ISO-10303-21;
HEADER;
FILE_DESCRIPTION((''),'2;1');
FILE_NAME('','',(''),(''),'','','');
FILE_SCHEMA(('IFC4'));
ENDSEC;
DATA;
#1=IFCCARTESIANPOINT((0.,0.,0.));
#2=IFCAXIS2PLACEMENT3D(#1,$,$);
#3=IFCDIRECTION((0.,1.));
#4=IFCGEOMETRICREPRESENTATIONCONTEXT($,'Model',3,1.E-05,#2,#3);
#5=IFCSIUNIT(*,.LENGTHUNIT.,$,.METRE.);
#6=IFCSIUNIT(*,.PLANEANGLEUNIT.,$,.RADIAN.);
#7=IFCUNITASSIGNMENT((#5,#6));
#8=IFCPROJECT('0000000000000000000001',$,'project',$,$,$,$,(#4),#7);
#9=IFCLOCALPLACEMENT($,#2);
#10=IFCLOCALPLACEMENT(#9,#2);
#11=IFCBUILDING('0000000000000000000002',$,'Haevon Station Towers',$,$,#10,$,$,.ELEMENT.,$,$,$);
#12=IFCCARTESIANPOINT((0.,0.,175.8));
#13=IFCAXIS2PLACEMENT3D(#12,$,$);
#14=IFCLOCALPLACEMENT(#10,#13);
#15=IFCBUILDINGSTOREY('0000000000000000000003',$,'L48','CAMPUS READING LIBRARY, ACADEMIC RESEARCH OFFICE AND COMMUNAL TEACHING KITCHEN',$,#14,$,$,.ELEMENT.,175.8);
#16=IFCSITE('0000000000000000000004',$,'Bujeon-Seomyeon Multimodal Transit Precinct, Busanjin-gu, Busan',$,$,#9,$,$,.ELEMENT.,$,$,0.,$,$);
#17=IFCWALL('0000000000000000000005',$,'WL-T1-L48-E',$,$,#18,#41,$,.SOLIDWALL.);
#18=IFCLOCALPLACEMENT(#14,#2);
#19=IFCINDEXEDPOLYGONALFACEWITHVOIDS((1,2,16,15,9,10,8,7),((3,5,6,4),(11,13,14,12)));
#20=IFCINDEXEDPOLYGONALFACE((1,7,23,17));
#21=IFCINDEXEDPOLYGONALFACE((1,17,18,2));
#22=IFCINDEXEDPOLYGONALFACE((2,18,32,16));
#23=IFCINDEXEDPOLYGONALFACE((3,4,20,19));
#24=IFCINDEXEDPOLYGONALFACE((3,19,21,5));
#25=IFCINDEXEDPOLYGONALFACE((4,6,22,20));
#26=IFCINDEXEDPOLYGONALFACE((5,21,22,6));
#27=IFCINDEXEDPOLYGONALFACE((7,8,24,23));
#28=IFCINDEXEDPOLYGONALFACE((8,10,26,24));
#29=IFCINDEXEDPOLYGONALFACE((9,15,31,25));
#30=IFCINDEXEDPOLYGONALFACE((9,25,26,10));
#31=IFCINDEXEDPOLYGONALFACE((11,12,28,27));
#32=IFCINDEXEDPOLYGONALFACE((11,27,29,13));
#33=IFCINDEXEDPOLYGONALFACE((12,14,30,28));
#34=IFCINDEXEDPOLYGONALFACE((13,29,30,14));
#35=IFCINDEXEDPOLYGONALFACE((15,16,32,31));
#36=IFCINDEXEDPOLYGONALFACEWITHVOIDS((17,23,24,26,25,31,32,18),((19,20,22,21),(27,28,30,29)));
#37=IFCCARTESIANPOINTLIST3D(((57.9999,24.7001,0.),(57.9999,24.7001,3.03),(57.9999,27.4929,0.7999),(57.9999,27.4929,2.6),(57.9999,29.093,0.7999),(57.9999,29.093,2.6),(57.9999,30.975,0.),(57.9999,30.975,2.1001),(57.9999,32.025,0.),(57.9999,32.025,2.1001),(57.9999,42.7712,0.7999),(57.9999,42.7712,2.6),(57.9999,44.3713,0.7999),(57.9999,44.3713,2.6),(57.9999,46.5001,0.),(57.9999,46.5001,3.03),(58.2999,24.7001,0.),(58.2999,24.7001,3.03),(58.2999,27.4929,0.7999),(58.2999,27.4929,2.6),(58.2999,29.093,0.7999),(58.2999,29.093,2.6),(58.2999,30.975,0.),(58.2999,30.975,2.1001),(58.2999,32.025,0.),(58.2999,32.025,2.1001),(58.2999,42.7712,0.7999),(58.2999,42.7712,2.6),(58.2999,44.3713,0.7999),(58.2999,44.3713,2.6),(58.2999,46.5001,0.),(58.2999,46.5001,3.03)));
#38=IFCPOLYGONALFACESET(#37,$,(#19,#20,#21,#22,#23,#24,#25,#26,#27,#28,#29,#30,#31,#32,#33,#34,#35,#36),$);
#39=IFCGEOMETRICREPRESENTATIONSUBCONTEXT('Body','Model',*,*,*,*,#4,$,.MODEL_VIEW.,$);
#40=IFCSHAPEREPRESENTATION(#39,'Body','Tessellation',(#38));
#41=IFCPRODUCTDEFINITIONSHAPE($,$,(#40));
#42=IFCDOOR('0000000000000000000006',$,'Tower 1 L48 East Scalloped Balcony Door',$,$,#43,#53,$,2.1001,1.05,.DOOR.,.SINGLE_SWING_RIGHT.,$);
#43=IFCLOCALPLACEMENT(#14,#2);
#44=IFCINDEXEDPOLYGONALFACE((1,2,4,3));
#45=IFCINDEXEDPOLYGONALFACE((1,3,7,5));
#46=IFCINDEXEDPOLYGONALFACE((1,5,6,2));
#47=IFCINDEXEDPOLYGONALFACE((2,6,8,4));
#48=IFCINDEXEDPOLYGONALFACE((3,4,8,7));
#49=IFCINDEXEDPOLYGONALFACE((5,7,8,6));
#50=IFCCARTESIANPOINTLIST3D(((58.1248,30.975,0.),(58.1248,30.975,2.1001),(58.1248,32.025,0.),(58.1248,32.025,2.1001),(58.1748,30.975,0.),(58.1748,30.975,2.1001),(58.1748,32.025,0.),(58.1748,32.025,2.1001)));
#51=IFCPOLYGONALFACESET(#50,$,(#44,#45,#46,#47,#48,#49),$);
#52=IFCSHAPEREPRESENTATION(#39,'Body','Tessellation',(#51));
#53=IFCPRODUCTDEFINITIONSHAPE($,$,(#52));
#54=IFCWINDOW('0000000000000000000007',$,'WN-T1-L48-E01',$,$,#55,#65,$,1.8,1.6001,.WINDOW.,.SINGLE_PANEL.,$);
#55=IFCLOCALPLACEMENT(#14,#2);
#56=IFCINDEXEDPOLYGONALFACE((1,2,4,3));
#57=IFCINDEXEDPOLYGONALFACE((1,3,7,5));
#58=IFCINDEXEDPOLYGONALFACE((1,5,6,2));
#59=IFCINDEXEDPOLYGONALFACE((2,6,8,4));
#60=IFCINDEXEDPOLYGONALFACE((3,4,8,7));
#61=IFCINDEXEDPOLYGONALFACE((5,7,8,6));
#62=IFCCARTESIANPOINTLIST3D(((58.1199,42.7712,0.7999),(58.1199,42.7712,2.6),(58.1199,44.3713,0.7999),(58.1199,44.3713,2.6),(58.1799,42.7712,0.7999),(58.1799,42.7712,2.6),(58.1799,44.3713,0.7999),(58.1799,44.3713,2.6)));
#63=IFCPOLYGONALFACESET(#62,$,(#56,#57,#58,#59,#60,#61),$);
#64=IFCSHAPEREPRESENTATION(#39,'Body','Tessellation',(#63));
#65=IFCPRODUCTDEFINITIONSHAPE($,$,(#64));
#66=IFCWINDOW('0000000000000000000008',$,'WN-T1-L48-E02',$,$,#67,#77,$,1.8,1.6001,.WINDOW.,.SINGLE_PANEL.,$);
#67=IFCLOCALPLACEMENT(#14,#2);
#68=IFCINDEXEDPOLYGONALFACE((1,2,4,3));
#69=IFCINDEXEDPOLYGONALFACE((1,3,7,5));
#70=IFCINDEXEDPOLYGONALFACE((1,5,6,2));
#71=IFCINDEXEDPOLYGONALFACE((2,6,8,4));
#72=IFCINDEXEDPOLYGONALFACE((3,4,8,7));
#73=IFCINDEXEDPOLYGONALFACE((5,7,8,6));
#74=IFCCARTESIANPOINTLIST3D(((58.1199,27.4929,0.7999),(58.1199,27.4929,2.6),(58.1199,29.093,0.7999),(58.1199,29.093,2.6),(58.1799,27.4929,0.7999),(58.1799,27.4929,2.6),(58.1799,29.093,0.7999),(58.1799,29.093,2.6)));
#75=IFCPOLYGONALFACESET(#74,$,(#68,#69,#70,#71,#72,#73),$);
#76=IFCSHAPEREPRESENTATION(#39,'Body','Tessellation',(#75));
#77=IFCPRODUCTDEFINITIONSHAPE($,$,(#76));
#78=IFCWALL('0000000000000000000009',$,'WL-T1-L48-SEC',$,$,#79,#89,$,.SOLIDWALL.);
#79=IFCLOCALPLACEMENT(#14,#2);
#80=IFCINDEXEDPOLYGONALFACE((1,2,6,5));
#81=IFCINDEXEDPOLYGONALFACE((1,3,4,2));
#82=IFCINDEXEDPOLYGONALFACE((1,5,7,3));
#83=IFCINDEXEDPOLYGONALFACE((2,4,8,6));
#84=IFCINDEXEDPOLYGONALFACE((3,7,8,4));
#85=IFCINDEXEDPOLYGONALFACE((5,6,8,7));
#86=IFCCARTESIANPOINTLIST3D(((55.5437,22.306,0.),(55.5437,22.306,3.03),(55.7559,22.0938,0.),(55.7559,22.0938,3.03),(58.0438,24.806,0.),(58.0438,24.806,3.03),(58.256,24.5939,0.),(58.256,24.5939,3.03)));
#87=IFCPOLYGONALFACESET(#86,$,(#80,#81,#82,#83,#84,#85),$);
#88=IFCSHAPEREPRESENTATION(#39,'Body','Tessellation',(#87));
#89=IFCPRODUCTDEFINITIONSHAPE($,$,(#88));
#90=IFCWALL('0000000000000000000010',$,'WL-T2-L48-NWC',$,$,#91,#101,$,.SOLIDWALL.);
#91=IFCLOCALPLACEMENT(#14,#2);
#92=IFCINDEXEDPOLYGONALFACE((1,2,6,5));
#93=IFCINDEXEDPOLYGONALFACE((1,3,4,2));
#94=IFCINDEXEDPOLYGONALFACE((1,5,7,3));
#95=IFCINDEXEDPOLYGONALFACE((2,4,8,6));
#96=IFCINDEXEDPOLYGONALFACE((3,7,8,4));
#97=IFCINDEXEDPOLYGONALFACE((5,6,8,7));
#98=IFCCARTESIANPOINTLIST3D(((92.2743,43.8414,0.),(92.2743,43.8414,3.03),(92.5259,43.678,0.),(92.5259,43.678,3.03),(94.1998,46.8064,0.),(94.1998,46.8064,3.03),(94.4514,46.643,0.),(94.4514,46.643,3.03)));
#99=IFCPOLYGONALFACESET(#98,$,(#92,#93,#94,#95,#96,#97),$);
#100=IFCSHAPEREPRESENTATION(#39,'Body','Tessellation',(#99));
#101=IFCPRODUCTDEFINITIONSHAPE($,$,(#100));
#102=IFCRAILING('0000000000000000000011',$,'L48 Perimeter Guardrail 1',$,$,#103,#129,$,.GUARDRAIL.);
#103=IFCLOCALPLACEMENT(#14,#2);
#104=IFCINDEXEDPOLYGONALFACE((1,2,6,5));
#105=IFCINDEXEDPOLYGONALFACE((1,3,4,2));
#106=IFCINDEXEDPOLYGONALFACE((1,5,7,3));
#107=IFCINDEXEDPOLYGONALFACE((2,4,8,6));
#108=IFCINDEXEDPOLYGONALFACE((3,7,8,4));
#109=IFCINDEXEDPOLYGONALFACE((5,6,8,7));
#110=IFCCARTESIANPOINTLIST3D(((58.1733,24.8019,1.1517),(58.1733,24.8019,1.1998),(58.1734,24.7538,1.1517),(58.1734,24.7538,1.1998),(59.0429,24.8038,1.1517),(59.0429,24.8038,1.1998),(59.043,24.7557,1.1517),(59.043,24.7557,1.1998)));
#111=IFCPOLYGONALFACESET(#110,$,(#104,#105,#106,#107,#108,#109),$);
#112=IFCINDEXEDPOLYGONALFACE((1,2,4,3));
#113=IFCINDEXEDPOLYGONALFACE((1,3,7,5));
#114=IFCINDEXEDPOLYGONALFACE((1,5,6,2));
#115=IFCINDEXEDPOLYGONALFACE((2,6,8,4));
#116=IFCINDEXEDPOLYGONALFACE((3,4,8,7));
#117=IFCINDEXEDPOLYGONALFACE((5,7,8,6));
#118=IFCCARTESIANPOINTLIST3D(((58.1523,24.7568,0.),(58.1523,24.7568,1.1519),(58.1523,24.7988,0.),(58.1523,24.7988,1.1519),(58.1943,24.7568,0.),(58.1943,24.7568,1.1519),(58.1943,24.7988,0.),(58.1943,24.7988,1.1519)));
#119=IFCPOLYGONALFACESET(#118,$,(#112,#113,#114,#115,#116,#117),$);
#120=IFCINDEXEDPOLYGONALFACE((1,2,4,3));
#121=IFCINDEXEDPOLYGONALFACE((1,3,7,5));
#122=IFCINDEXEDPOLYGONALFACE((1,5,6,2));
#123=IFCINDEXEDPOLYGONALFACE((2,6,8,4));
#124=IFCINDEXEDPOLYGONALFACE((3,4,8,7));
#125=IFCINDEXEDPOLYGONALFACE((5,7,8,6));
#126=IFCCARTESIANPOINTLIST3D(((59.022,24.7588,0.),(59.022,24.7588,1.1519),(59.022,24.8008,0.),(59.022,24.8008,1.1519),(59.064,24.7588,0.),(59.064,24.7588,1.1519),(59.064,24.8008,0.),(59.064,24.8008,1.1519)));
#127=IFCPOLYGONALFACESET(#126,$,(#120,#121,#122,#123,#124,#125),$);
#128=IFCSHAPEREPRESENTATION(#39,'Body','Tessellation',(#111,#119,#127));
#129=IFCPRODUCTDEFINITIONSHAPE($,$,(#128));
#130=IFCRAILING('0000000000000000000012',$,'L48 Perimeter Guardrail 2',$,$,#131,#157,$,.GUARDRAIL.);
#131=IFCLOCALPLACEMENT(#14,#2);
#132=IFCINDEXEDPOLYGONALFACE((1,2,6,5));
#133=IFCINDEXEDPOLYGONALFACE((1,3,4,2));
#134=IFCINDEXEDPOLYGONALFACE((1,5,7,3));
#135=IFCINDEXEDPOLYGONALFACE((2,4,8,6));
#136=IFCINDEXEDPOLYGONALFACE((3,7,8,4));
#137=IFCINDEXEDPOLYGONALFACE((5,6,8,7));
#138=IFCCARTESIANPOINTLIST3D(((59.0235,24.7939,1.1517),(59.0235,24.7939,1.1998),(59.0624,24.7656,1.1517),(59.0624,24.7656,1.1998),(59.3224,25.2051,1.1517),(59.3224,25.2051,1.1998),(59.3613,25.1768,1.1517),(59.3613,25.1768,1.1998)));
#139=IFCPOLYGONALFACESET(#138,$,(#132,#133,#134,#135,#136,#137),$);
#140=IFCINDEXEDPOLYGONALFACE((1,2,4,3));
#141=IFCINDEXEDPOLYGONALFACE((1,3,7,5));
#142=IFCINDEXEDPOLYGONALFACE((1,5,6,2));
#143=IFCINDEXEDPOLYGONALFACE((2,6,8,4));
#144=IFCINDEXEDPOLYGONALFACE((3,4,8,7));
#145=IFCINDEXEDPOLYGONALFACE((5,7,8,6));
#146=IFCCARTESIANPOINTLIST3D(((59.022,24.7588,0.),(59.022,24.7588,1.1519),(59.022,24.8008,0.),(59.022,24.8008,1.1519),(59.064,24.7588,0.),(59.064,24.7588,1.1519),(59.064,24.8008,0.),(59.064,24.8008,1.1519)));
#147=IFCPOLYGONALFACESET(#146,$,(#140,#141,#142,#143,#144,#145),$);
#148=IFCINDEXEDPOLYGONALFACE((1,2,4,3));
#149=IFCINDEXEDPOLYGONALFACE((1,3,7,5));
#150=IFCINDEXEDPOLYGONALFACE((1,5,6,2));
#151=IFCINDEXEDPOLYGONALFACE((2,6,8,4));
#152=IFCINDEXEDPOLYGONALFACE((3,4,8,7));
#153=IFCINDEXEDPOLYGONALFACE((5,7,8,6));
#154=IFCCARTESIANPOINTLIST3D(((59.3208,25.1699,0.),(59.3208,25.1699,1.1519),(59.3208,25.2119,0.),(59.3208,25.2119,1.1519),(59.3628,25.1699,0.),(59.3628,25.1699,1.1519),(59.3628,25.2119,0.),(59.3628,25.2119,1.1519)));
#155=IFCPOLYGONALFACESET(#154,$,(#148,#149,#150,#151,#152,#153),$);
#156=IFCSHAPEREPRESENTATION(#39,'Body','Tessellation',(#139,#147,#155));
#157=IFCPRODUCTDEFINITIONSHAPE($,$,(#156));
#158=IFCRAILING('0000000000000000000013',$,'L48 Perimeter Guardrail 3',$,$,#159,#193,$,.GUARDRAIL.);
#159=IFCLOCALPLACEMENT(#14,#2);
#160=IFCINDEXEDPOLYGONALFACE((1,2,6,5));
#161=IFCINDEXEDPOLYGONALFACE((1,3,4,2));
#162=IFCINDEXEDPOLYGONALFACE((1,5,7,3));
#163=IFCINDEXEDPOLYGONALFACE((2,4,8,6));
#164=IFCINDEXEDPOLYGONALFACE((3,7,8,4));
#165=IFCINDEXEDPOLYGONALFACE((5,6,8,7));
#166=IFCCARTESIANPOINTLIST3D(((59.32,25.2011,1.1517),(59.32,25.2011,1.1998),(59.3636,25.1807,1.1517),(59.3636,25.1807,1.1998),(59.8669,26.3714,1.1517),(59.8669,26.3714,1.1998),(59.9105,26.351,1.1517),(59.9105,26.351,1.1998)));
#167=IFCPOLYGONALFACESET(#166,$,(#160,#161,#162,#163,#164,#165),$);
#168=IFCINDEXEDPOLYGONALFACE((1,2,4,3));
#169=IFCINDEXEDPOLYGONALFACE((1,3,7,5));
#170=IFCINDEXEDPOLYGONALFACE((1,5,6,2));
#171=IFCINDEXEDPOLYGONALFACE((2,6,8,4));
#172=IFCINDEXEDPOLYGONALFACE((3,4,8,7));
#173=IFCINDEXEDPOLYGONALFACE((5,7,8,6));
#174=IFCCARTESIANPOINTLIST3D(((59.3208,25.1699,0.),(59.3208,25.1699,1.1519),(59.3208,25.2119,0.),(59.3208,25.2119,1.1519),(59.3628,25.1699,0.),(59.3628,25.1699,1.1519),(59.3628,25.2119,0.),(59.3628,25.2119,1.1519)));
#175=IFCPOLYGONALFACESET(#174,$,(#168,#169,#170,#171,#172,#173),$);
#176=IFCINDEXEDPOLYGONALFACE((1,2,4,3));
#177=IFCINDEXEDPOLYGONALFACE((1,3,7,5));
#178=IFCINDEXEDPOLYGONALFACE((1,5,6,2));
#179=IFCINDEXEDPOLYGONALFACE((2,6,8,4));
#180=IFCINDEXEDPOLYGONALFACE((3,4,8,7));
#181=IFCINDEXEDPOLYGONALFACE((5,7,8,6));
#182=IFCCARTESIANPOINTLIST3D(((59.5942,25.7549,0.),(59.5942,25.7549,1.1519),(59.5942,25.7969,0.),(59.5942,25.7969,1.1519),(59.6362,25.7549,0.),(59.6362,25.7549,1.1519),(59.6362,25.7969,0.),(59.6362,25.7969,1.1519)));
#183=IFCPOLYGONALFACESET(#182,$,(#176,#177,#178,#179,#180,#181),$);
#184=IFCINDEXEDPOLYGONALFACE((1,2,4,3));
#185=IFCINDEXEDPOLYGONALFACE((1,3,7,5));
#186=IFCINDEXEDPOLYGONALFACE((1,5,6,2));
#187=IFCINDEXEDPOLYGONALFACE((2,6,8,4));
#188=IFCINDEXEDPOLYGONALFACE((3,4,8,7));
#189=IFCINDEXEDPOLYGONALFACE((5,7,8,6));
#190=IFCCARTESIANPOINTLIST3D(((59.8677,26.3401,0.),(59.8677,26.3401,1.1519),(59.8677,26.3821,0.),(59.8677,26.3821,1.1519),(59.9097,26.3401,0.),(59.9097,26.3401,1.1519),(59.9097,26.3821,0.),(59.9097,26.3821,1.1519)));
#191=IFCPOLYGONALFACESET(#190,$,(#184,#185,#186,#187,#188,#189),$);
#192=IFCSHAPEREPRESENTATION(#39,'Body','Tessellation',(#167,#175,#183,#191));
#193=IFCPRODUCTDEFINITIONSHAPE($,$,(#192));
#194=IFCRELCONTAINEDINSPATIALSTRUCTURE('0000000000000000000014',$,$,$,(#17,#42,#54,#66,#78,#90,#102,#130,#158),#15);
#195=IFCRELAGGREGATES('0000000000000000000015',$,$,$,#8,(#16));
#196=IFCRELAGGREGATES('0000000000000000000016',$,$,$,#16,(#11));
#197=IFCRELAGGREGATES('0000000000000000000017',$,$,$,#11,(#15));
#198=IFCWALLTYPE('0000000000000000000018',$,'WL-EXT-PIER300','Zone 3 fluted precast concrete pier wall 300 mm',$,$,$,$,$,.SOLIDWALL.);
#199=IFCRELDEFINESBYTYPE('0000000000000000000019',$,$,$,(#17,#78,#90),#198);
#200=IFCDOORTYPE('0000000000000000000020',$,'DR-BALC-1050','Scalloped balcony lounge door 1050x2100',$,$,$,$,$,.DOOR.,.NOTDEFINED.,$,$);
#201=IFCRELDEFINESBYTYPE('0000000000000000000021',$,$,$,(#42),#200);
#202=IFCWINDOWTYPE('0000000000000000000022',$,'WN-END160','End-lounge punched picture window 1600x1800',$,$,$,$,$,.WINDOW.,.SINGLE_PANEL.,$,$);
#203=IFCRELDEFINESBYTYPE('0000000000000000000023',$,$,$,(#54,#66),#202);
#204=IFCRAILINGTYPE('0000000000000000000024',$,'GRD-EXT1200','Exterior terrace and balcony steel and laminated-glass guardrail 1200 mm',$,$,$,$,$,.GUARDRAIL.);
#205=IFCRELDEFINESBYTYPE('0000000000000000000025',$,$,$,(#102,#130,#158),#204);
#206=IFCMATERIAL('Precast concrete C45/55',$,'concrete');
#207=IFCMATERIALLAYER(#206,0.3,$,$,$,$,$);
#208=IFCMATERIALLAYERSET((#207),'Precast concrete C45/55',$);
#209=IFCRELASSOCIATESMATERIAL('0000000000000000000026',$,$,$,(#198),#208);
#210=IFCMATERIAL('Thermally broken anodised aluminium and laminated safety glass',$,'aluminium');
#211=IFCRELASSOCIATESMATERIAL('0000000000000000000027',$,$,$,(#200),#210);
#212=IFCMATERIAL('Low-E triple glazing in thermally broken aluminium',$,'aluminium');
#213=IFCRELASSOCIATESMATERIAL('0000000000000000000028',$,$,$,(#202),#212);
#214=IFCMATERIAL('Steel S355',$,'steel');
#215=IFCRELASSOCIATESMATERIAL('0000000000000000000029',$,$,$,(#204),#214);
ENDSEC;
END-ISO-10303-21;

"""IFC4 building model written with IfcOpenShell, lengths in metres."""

from ifc_helpers import new_model, si_unit, direction, frame, frame_2d, origin, origin_2d, place, context, subcontext, project, spatial, rectangle, extrude, material, layer, layer_set, type_object, element, fill, save


model = new_model("IFC4")

# Units and contexts
model_context = context("Model", 3, precision=1e-05, world=origin(), true_north=direction((0.0, 1.0)))
body_context = subcontext(model_context, "Body", "Model", "MODEL_VIEW")
ifc_project = project(units=[si_unit("LENGTHUNIT", "METRE"), si_unit("PLANEANGLEUNIT", "RADIAN")], contexts=[model_context])

# Site, building, storey
site_placement = place(None, origin())
site = spatial("IfcSite", under=ifc_project, at=site_placement, Name="Bujeon-Seomyeon Multimodal Transit Precinct, Busanjin-gu, Busan", CompositionType="ELEMENT", RefElevation=0.0)
building_placement = place(site_placement, origin())
building = spatial("IfcBuilding", under=site, at=building_placement, Name="Haevon Station Towers", CompositionType="ELEMENT")
storey_placement = place(building_placement, frame((0.0, 0.0, 175.8)))
storey = spatial("IfcBuildingStorey", under=building, at=storey_placement, Name="L48", Description="CAMPUS READING LIBRARY, ACADEMIC RESEARCH OFFICE AND COMMUNAL TEACHING KITCHEN", CompositionType="ELEMENT", Elevation=175.8)

# Shared definitions
ifc_material_1 = material(Name="Steel S355", Category="steel")

# Wall, openings, door, windows
ifc_material_2 = material(Name="Precast concrete C45/55", Category="concrete")
ifc_layer_1 = layer(ifc_material_2, 0.3)
ifc_layer_set_1 = layer_set([ifc_layer_1], Name="Precast concrete C45/55")
wall_type = type_object("IfcWallType", Name="WL-EXT-PIER300", Description="Zone 3 fluted precast concrete pier wall 300 mm", PredefinedType="SOLIDWALL", material=ifc_layer_set_1)
wall_1_placement = place(storey_placement, frame((58.1499, 46.5, 0.0), z_axis=(0.0, 0.0, 1.0), x_axis=(0.0, -1.0, 0.0)))
wall_1 = element("IfcWall", 1, at=wall_1_placement, inside=storey, type_object=wall_type, Name="WL-T1-L48-E", PredefinedType="SOLIDWALL", context=body_context, shape_type="SweptSolid", body=[
    extrude(rectangle(XDim=21.8, YDim=0.3, at=frame_2d((10.8999, 0.0))), origin(), (0.0, 0.0, 1.0), 3.03),
])
opening_1_placement = place(wall_1_placement, frame((14.4751, 0.0, 0.0)))
opening_1 = element("IfcOpeningElement", 2, at=opening_1_placement, cuts=wall_1, PredefinedType="OPENING", context=body_context, shape_type="SweptSolid", body=[
    extrude(rectangle(XDim=1.05, YDim=2.1001, at=frame_2d((0.5249, 1.05))), frame((0.0, 0.1599, 0.0), z_axis=(0.0, -1.0, 0.0), x_axis=(1.0, 0.0, 0.0)), (0.0, 0.0, 1.0), 0.3201),
])
opening_2_placement = place(wall_1_placement, frame((2.1287, 0.0, 0.8)))
opening_2 = element("IfcOpeningElement", 3, at=opening_2_placement, cuts=wall_1, PredefinedType="OPENING", context=body_context, shape_type="SweptSolid", body=[
    extrude(rectangle(XDim=1.6001, YDim=1.8, at=frame_2d((0.8, 0.8999))), frame((0.0, 0.1599, 0.0), z_axis=(0.0, -1.0, 0.0), x_axis=(1.0, 0.0, 0.0)), (0.0, 0.0, 1.0), 0.3201),
])
opening_3_placement = place(wall_1_placement, frame((17.407, 0.0, 0.8)))
opening_3 = element("IfcOpeningElement", 4, at=opening_3_placement, cuts=wall_1, PredefinedType="OPENING", context=body_context, shape_type="SweptSolid", body=[
    extrude(rectangle(XDim=1.6001, YDim=1.8, at=frame_2d((0.8, 0.8999))), frame((0.0, 0.1599, 0.0), z_axis=(0.0, -1.0, 0.0), x_axis=(1.0, 0.0, 0.0)), (0.0, 0.0, 1.0), 0.3201),
])
ifc_material_3 = material(Name="Thermally broken anodised aluminium and laminated safety glass", Category="aluminium")
door_type = type_object("IfcDoorType", Name="DR-BALC-1050", Description="Scalloped balcony lounge door 1050x2100", OperationType="NOTDEFINED", PredefinedType="DOOR", material=ifc_material_3)
door_placement = place(opening_1_placement, origin())
door = element("IfcDoor", 5, at=door_placement, inside=storey, type_object=door_type, Name="Tower 1 L48 East Scalloped Balcony Door", OperationType="SINGLE_SWING_RIGHT", OverallHeight=2.1001, OverallWidth=1.05, PredefinedType="DOOR", context=body_context, shape_type="SweptSolid", body=[
    extrude(rectangle(XDim=1.05, YDim=2.1001, at=frame_2d((0.5249, 1.05))), frame((0.0, 0.0249, 0.0), z_axis=(0.0, -1.0, 0.0), x_axis=(1.0, 0.0, 0.0)), (0.0, 0.0, 1.0), 0.05),
])
fill(opening_1, door)
ifc_material_4 = material(Name="Low-E triple glazing in thermally broken aluminium", Category="aluminium")
window_type = type_object("IfcWindowType", Name="WN-END160", Description="End-lounge punched picture window 1600x1800", PartitioningType="SINGLE_PANEL", PredefinedType="WINDOW", material=ifc_material_4)
window_1_placement = place(opening_2_placement, origin())
window_1 = element("IfcWindow", 6, at=window_1_placement, inside=storey, type_object=window_type, Name="WN-T1-L48-E01", OverallHeight=1.8, OverallWidth=1.6001, PartitioningType="SINGLE_PANEL", PredefinedType="WINDOW", context=body_context, shape_type="SweptSolid", body=[
    extrude(rectangle(XDim=1.6001, YDim=1.8, at=frame_2d((0.8, 0.8999))), frame((0.0, 0.03, 0.0), z_axis=(0.0, -1.0, 0.0), x_axis=(1.0, 0.0, 0.0)), (0.0, 0.0, 1.0), 0.0601),
])
fill(opening_2, window_1)
window_2_placement = place(opening_3_placement, origin())
window_2 = element("IfcWindow", 7, at=window_2_placement, inside=storey, type_object=window_type, Name="WN-T1-L48-E02", OverallHeight=1.8, OverallWidth=1.6001, PartitioningType="SINGLE_PANEL", PredefinedType="WINDOW", context=body_context, shape_type="SweptSolid", body=[
    extrude(rectangle(XDim=1.6001, YDim=1.8, at=frame_2d((0.8, 0.8999))), frame((0.0, 0.03, 0.0), z_axis=(0.0, -1.0, 0.0), x_axis=(1.0, 0.0, 0.0)), (0.0, 0.0, 1.0), 0.0601),
])
fill(opening_3, window_2)

# Walls
wall_2_placement = place(storey_placement, frame((58.1499, 24.7, 0.0), z_axis=(0.0, 0.0, 1.0), x_axis=(-0.707107, -0.707107, 0.0)))
element("IfcWall", 8, at=wall_2_placement, inside=storey, type_object=wall_type, Name="WL-T1-L48-SEC", PredefinedType="SOLIDWALL", context=body_context, shape_type="SweptSolid", body=[
    extrude(rectangle(XDim=3.5356, YDim=0.3, at=frame_2d((1.7678, 0.0))), origin(), (0.0, 0.0, 1.0), 3.03),
])
wall_3_placement = place(storey_placement, frame((92.4001, 43.7598, 0.0), z_axis=(0.0, 0.0, 1.0), x_axis=(0.544636, 0.838672, 0.0)))
element("IfcWall", 9, at=wall_3_placement, inside=storey, type_object=wall_type, Name="WL-T2-L48-NWC", PredefinedType="SOLIDWALL", context=body_context, shape_type="SweptSolid", body=[
    extrude(rectangle(XDim=3.5354, YDim=0.3, at=frame_2d((1.7676, 0.0))), origin(), (0.0, 0.0, 1.0), 3.03),
])

# Railings
railing_type = type_object("IfcRailingType", Name="GRD-EXT1200", Description="Exterior terrace and balcony steel and laminated-glass guardrail 1200 mm", PredefinedType="GUARDRAIL", material=ifc_material_1)
railing_1_placement = place(storey_placement, frame((58.1733, 24.7778, 0.0)))
element("IfcRailing", 10, at=railing_1_placement, inside=storey, type_object=railing_type, Name="L48 Perimeter Guardrail 1", PredefinedType="GUARDRAIL", context=body_context, shape_type="SweptSolid", body=[
    extrude(rectangle(XDim=0.0481, YDim=0.0481, at=origin_2d()), frame((0.0, 0.0, 1.1758), z_axis=(0.999997, 0.002246, 0.0), x_axis=(-0.002246, 0.999997, 0.0)), (0.0, 0.0, 1.0), 0.8696),
    extrude(rectangle(XDim=0.042, YDim=0.042, at=origin_2d()), origin(), (0.0, 0.0, 1.0), 1.1519),
    extrude(rectangle(XDim=0.042, YDim=0.042, at=origin_2d()), frame((0.8696, 0.002, 0.0)), (0.0, 0.0, 1.0), 1.1519),
])
railing_2_placement = place(storey_placement, frame((59.043, 24.7798, 0.0)))
element("IfcRailing", 11, at=railing_2_placement, inside=storey, type_object=railing_type, Name="L48 Perimeter Guardrail 2", PredefinedType="GUARDRAIL", context=body_context, shape_type="SweptSolid", body=[
    extrude(rectangle(XDim=0.0481, YDim=0.0481, at=origin_2d()), frame((0.0, 0.0, 1.1758), z_axis=(0.587943, 0.808902, 0.0), x_axis=(-0.808902, 0.587943, 0.0)), (0.0, 0.0, 1.0), 0.5083),
    extrude(rectangle(XDim=0.042, YDim=0.042, at=origin_2d()), origin(), (0.0, 0.0, 1.0), 1.1519),
    extrude(rectangle(XDim=0.042, YDim=0.042, at=origin_2d()), frame((0.2988, 0.4111, 0.0)), (0.0, 0.0, 1.0), 1.1519),
])
railing_3_placement = place(storey_placement, frame((59.3418, 25.1909, 0.0)))
element("IfcRailing", 12, at=railing_3_placement, inside=storey, type_object=railing_type, Name="L48 Perimeter Guardrail 3", PredefinedType="GUARDRAIL", context=body_context, shape_type="SweptSolid", body=[
    extrude(rectangle(XDim=0.0481, YDim=0.0481, at=origin_2d()), frame((0.0, 0.0, 1.1758), z_axis=(0.423392, 0.905946, 0.0), x_axis=(-0.905946, 0.423392, 0.0)), (0.0, 0.0, 1.0), 1.2917),
    extrude(rectangle(XDim=0.042, YDim=0.042, at=origin_2d()), origin(), (0.0, 0.0, 1.0), 1.1519),
    extrude(rectangle(XDim=0.042, YDim=0.042, at=origin_2d()), frame((0.2734, 0.585, 0.0)), (0.0, 0.0, 1.0), 1.1519),
    extrude(rectangle(XDim=0.042, YDim=0.042, at=origin_2d()), frame((0.5469, 1.1702, 0.0)), (0.0, 0.0, 1.0), 1.1519),
])

save(model, "model.ifc")
